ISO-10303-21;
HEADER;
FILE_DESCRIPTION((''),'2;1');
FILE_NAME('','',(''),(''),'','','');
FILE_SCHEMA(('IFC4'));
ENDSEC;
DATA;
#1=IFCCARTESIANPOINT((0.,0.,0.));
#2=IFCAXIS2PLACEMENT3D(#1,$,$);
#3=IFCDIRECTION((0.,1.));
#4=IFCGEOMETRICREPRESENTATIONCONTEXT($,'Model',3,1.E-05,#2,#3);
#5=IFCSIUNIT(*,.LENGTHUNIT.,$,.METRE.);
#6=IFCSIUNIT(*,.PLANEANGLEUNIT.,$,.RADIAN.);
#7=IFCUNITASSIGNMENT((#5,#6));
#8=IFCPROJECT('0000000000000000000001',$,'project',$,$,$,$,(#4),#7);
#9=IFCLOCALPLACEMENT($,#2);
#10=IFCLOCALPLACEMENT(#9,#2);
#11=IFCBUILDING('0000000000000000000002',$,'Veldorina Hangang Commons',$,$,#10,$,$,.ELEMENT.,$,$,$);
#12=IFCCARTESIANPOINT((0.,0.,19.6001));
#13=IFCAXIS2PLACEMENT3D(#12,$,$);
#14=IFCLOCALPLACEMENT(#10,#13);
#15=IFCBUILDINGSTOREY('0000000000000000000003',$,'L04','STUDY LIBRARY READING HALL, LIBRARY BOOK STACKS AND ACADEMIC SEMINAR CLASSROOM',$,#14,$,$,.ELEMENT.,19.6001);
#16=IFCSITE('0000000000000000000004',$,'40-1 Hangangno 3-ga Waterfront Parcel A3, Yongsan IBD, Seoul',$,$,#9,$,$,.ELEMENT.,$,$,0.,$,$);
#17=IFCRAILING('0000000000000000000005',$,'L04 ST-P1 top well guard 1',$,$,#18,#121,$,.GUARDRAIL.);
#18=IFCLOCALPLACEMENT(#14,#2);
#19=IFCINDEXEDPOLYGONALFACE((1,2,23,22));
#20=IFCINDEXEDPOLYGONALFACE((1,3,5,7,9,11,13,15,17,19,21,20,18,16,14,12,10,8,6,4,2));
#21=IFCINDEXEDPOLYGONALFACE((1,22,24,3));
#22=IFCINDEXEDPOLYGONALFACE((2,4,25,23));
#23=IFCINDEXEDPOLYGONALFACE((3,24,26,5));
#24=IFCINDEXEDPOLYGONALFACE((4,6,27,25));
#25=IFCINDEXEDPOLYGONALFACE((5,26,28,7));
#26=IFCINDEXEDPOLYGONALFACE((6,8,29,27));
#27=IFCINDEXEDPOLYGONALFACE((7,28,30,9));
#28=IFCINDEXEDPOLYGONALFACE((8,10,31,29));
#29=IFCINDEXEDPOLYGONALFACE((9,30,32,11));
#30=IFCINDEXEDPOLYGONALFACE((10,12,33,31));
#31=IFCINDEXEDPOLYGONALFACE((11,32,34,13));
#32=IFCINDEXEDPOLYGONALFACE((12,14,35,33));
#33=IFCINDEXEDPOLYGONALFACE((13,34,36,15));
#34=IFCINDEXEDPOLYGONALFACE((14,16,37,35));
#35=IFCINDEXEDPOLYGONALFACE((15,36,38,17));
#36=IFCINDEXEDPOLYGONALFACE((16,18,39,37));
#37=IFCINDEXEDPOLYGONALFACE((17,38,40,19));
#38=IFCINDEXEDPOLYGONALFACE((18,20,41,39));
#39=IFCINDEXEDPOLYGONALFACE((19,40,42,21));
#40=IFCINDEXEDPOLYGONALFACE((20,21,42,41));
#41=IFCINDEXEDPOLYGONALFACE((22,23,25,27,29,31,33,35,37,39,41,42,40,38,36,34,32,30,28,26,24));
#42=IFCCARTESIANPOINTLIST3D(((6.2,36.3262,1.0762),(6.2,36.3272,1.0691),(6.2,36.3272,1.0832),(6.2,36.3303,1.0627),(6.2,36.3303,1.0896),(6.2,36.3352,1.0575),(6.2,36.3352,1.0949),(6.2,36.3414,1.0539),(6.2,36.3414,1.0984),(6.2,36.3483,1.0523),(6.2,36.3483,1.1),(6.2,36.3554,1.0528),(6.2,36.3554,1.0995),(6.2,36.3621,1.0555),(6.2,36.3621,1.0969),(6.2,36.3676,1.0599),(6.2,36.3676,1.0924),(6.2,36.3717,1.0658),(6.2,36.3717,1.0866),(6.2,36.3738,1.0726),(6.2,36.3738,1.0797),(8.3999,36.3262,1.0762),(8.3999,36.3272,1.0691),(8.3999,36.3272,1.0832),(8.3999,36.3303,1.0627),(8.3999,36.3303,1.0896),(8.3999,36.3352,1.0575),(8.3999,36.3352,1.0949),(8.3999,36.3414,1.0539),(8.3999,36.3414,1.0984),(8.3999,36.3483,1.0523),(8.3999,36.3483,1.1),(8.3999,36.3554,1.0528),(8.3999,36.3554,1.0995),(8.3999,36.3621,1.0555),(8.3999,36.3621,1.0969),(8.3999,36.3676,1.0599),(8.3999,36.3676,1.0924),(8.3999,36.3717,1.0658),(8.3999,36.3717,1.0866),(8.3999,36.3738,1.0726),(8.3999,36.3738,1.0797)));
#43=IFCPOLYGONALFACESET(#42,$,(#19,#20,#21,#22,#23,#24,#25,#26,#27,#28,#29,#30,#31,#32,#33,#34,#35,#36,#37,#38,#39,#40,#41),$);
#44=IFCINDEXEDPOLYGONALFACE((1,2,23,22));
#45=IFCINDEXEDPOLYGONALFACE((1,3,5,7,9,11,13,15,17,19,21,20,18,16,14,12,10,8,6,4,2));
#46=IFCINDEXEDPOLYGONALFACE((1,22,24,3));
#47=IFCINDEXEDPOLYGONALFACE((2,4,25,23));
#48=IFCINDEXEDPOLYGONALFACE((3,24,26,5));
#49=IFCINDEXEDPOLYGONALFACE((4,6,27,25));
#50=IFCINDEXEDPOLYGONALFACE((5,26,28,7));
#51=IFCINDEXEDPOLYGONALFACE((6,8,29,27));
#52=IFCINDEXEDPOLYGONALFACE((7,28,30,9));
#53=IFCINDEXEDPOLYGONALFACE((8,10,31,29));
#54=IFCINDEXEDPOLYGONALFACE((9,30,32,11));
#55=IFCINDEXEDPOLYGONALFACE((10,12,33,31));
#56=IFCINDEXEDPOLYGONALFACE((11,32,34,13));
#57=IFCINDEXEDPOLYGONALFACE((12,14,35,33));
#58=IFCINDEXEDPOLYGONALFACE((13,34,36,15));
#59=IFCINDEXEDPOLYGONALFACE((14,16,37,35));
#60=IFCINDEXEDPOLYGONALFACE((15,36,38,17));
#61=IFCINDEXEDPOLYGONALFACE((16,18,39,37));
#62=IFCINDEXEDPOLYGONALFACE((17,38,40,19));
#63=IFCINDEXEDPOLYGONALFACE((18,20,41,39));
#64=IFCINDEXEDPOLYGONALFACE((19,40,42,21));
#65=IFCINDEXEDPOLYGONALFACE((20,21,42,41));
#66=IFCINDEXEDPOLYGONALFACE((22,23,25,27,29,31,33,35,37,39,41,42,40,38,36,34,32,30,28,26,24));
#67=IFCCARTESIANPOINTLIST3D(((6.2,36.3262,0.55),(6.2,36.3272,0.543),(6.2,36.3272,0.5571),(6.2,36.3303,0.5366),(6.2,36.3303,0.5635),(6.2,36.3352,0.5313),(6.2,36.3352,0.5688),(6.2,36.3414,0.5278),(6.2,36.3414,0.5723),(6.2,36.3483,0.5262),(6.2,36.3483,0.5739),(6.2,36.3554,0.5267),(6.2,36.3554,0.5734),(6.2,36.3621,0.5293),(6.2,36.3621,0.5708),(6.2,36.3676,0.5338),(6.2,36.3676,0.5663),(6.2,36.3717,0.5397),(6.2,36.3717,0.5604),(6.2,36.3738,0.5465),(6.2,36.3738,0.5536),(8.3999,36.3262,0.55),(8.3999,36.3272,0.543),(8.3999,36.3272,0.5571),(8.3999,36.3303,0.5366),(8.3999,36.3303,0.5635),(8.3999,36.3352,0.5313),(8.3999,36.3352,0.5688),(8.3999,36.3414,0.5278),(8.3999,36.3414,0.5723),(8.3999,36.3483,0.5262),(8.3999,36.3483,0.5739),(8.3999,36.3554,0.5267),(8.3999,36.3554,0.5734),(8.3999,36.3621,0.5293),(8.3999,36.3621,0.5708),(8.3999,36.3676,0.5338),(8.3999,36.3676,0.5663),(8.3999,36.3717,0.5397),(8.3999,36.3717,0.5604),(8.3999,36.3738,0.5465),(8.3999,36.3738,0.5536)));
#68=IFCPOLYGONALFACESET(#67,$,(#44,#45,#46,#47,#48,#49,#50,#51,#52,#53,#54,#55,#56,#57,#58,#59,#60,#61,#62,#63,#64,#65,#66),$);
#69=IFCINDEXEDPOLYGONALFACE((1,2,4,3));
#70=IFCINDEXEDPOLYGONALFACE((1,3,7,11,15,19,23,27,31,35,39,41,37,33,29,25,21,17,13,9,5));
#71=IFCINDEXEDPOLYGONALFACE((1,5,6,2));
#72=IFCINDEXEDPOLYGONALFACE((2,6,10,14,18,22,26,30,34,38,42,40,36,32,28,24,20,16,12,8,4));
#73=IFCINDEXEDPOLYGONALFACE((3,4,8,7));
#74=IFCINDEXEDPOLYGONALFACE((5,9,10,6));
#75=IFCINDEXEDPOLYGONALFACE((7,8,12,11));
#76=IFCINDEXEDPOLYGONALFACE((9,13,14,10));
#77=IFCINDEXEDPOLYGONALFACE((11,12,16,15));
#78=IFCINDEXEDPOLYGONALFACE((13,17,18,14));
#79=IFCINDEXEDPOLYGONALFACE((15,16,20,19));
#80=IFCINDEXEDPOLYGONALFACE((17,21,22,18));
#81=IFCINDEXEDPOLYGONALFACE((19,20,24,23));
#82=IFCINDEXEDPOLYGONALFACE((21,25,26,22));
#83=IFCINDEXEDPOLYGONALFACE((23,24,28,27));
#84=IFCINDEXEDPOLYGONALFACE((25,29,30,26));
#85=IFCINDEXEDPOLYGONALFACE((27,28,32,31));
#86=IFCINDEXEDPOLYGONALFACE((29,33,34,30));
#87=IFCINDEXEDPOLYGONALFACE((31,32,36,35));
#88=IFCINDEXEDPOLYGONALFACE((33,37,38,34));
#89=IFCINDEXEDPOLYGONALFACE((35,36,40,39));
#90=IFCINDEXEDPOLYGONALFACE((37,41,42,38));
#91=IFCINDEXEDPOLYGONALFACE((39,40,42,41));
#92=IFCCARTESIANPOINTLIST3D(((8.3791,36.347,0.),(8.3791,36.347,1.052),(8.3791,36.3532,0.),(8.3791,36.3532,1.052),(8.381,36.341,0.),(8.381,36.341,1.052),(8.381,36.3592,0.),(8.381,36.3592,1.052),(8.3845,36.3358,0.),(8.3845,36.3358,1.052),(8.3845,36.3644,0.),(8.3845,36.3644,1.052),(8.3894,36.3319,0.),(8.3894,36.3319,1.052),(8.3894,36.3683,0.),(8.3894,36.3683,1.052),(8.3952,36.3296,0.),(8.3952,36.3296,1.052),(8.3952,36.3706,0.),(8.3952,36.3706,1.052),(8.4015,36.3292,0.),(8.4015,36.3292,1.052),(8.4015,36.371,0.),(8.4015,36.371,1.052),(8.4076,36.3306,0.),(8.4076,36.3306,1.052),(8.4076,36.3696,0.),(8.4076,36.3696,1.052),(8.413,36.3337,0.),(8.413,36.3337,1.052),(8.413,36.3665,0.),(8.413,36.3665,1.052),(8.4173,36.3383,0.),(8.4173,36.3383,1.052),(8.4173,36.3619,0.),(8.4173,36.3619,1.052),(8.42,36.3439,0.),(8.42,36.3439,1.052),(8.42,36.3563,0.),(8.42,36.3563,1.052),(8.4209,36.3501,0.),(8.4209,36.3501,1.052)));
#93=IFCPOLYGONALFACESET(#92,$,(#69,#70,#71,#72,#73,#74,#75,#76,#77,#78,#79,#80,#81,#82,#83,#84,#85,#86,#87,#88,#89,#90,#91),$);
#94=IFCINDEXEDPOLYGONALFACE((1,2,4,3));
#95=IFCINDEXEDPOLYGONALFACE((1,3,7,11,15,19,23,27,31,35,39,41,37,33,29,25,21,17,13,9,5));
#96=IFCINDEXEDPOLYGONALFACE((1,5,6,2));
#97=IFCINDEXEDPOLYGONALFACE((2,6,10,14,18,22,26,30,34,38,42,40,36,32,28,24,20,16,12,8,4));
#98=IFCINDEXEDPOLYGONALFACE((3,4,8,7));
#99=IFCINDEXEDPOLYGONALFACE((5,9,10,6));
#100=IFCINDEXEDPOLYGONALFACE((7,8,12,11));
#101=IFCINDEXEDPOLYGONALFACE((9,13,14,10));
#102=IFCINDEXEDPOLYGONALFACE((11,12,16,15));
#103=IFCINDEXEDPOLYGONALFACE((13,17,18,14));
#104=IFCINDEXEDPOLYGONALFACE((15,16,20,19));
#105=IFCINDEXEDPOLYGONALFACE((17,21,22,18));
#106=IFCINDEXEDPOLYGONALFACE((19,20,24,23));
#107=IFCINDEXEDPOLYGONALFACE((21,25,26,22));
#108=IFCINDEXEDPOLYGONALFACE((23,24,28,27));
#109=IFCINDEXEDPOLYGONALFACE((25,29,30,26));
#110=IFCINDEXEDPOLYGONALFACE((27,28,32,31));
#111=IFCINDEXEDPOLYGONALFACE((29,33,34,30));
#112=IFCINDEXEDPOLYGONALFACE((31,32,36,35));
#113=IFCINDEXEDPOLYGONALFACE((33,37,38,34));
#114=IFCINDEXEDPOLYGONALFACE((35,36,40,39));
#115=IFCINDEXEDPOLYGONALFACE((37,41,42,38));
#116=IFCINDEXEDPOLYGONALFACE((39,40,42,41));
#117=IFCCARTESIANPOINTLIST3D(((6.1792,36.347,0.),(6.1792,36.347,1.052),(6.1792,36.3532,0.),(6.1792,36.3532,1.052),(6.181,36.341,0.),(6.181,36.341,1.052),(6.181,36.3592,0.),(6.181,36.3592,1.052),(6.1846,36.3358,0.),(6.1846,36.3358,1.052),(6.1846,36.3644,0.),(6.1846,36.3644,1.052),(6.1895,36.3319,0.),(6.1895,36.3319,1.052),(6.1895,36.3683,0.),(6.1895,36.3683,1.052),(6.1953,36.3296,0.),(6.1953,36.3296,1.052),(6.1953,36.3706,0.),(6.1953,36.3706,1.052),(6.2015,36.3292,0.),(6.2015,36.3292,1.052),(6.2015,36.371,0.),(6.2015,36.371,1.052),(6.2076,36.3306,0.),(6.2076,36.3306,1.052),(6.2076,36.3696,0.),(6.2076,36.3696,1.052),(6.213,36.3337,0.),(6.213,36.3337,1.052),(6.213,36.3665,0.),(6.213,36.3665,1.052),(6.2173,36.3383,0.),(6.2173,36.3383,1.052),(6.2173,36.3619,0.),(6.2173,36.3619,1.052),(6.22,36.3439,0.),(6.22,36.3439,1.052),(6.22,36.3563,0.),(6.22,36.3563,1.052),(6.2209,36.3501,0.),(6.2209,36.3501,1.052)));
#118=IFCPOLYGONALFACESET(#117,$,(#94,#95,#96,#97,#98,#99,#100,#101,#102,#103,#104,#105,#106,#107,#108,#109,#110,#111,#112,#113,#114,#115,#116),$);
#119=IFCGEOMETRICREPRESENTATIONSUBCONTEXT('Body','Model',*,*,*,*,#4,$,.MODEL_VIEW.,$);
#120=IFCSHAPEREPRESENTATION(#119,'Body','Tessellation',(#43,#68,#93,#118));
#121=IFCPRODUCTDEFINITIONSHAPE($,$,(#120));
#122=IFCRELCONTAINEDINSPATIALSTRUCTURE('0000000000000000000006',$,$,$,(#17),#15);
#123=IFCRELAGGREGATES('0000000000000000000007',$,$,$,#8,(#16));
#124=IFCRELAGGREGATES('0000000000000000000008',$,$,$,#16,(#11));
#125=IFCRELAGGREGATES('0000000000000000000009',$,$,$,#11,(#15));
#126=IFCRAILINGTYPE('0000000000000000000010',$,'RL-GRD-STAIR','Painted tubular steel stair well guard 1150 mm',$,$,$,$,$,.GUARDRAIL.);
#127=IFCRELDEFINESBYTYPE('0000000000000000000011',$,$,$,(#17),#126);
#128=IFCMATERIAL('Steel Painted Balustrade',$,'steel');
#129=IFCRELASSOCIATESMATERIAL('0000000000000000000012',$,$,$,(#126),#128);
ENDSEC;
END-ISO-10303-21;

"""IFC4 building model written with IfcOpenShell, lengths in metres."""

from ifc_helpers import new_model, si_unit, direction, frame, origin, origin_2d, place, context, subcontext, project, spatial, circle, extrude, material, type_object, element, save


model = new_model("IFC4")

# Units and contexts
model_context = context("Model", 3, precision=1e-05, world=origin(), true_north=direction((0.0, 1.0)))
body_context = subcontext(model_context, "Body", "Model", "MODEL_VIEW")
ifc_project = project(units=[si_unit("LENGTHUNIT", "METRE"), si_unit("PLANEANGLEUNIT", "RADIAN")], contexts=[model_context])

# Site, building, storey
site_placement = place(None, origin())
site = spatial("IfcSite", under=ifc_project, at=site_placement, Name="40-1 Hangangno 3-ga Waterfront Parcel A3, Yongsan IBD, Seoul", CompositionType="ELEMENT", RefElevation=0.0)
building_placement = place(site_placement, origin())
building = spatial("IfcBuilding", under=site, at=building_placement, Name="Veldorina Hangang Commons", CompositionType="ELEMENT")
storey_placement = place(building_placement, frame((0.0, 0.0, 19.6001)))
storey = spatial("IfcBuildingStorey", under=building, at=storey_placement, Name="L04", Description="STUDY LIBRARY READING HALL, LIBRARY BOOK STACKS AND ACADEMIC SEMINAR CLASSROOM", CompositionType="ELEMENT", Elevation=19.6001)

# Railing
ifc_material_1 = material(Name="Steel Painted Balustrade", Category="steel")
railing_type = type_object("IfcRailingType", Name="RL-GRD-STAIR", Description="Painted tubular steel stair well guard 1150 mm", PredefinedType="GUARDRAIL", material=ifc_material_1)
railing_placement = place(storey_placement, frame((8.3999, 36.3501, 0.0)))
element("IfcRailing", 1, at=railing_placement, inside=storey, type_object=railing_type, Name="L04 ST-P1 top well guard 1", PredefinedType="GUARDRAIL", context=body_context, shape_type="SweptSolid", body=[
    extrude(circle(Radius=0.0239, at=origin_2d()), frame((0.0, 0.0, 1.0762), z_axis=(-1.0, 0.0, 0.0), x_axis=(0.0, -1.0, 0.0)), (0.0, 0.0, 1.0), 2.2),
    extrude(circle(Radius=0.0239, at=origin_2d()), frame((0.0, 0.0, 0.55), z_axis=(-1.0, 0.0, 0.0), x_axis=(0.0, -1.0, 0.0)), (0.0, 0.0, 1.0), 2.2),
    extrude(circle(Radius=0.021, at=origin_2d()), origin(), (0.0, 0.0, 1.0), 1.052),
    extrude(circle(Radius=0.021, at=origin_2d()), frame((-2.2, 0.0, 0.0)), (0.0, 0.0, 1.0), 1.052),
])

save(model, "model.ifc")
